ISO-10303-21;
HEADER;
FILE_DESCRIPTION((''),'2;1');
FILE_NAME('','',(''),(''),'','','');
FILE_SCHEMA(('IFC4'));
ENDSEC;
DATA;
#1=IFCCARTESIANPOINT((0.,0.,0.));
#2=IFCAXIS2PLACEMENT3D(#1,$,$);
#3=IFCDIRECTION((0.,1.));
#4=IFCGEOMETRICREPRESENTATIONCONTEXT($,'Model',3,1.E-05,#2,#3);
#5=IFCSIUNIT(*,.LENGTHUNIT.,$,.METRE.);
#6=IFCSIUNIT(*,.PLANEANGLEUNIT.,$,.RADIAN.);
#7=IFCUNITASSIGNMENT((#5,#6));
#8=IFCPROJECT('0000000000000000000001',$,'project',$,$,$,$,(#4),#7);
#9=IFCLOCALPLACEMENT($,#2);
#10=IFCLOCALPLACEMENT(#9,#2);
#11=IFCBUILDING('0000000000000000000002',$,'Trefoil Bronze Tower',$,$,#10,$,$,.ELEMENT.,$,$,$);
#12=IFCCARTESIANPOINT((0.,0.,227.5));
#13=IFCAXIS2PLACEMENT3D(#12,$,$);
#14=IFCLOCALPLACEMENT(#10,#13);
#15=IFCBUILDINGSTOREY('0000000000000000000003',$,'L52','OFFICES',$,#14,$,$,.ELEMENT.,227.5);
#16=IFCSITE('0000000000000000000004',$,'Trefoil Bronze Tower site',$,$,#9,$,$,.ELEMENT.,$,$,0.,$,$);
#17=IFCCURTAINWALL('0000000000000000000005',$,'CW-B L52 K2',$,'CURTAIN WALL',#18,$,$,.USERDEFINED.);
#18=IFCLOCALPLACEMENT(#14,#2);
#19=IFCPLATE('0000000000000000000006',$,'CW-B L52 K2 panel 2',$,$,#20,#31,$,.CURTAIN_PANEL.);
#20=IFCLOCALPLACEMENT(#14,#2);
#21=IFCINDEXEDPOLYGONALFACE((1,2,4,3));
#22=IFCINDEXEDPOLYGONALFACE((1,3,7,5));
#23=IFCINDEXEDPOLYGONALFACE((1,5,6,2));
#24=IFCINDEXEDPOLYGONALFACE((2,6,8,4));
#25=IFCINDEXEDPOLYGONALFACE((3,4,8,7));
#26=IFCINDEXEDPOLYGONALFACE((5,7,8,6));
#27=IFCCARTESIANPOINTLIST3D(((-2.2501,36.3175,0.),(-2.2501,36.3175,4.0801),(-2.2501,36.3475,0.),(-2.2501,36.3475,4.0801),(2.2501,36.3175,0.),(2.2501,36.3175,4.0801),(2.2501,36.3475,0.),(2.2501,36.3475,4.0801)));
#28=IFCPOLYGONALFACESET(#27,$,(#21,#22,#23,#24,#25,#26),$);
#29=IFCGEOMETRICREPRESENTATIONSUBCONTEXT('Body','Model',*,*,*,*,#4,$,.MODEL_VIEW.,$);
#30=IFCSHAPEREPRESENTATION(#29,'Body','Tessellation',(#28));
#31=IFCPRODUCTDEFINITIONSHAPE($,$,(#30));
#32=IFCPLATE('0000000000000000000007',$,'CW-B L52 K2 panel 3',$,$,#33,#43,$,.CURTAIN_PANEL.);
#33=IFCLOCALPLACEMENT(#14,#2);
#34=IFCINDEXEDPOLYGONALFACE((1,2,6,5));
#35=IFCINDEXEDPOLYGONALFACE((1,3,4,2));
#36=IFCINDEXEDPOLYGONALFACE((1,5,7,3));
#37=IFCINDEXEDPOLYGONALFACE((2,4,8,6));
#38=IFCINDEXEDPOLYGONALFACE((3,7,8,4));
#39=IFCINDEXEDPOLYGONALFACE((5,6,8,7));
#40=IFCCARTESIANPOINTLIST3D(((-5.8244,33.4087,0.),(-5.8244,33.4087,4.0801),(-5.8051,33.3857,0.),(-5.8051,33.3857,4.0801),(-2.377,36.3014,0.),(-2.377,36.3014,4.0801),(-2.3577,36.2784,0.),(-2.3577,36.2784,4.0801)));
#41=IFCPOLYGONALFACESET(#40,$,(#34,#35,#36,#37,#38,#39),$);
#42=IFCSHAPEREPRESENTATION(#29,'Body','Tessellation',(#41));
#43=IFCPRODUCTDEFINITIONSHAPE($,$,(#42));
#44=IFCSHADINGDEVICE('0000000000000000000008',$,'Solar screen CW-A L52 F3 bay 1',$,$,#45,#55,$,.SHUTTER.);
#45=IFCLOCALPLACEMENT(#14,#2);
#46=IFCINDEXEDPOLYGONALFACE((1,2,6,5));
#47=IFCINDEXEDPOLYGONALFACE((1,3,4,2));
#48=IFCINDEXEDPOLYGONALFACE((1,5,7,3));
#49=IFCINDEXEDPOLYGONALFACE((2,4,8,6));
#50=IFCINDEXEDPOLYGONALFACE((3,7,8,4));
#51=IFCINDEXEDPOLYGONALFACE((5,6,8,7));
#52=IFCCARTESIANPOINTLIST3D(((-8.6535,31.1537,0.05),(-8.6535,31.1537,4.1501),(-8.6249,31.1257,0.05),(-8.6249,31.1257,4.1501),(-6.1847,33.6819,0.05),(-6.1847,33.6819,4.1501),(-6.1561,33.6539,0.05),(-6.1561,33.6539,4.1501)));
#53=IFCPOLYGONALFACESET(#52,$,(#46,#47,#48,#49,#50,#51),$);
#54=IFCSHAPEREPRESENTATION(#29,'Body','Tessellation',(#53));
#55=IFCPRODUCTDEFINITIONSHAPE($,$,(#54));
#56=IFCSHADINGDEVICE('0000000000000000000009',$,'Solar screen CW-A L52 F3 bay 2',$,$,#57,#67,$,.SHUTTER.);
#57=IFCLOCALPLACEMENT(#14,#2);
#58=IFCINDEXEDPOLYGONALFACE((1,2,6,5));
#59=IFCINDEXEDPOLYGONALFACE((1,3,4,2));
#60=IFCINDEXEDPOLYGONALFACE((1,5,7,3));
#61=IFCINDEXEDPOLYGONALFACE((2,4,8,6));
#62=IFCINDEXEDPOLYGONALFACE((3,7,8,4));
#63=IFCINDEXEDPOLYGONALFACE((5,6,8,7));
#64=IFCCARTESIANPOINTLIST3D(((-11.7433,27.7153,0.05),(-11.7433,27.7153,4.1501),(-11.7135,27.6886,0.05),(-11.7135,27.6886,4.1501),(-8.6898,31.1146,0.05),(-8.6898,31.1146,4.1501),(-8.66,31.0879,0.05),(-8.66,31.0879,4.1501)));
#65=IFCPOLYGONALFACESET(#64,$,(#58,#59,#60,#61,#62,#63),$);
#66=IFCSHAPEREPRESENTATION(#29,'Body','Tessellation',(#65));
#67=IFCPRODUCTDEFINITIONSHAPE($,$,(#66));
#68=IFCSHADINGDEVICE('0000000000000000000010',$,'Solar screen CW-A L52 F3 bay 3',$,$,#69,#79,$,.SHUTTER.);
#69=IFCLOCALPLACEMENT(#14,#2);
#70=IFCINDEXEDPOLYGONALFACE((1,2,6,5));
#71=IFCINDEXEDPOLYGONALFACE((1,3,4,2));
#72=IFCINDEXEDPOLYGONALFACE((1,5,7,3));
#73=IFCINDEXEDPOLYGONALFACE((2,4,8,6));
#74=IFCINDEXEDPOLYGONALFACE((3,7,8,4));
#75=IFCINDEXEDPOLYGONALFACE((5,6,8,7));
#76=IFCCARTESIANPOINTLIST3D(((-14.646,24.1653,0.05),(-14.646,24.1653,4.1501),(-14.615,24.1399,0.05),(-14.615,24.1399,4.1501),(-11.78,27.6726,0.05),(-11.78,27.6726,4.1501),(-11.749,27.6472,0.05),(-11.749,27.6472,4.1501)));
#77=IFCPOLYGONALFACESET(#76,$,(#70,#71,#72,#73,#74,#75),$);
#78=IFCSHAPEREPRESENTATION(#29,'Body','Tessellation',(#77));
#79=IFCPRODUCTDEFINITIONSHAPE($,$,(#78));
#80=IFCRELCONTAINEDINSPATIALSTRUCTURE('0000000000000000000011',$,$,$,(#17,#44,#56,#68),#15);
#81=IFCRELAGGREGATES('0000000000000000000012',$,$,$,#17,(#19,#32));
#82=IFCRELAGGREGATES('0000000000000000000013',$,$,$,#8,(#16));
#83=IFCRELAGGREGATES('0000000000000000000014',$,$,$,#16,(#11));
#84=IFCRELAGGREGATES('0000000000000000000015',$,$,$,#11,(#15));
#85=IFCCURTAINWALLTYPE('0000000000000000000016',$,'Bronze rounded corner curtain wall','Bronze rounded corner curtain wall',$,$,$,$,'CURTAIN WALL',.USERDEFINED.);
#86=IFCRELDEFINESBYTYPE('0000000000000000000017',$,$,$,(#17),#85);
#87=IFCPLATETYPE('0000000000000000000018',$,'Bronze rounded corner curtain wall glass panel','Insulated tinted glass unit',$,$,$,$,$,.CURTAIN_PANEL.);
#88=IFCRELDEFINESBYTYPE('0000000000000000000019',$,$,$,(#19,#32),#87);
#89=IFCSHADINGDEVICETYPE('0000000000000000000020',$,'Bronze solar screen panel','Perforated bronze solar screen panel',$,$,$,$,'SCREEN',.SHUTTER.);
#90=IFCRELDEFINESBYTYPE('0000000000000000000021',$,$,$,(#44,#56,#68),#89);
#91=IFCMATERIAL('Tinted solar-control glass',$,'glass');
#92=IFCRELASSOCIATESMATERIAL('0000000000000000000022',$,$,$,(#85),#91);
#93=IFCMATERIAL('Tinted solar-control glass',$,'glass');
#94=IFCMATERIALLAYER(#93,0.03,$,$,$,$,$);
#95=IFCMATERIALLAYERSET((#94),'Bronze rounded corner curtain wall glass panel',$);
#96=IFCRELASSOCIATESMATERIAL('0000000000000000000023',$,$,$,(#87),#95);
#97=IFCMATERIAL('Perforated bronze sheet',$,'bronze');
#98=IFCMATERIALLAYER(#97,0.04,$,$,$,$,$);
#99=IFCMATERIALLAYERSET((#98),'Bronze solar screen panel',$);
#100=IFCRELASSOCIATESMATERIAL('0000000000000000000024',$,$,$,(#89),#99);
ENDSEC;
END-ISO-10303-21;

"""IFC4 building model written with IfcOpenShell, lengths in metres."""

from ifc_helpers import new_model, si_unit, direction, frame, origin, origin_2d, place, context, subcontext, project, spatial, rectangle, extrude, material, layer, layer_set, type_object, element, aggregate, save


model = new_model("IFC4")

# Units and contexts
model_context = context("Model", 3, precision=1e-05, world=origin(), true_north=direction((0.0, 1.0)))
body_context = subcontext(model_context, "Body", "Model", "MODEL_VIEW")
ifc_project = project(units=[si_unit("LENGTHUNIT", "METRE"), si_unit("PLANEANGLEUNIT", "RADIAN")], contexts=[model_context])

# Site, building, storey
site_placement = place(None, origin())
site = spatial("IfcSite", under=ifc_project, at=site_placement, Name="Trefoil Bronze Tower site", CompositionType="ELEMENT", RefElevation=0.0)
building_placement = place(site_placement, origin())
building = spatial("IfcBuilding", under=site, at=building_placement, Name="Trefoil Bronze Tower", CompositionType="ELEMENT")
storey_placement = place(building_placement, frame((0.0, 0.0, 227.5)))
storey = spatial("IfcBuildingStorey", under=building, at=storey_placement, Name="L52", Description="OFFICES", CompositionType="ELEMENT", Elevation=227.5)

# Curtain wall
ifc_material_1 = material(Name="Tinted solar-control glass", Category="glass")
curtain_wall_type_1 = type_object("IfcCurtainWallType", Name="Bronze rounded corner curtain wall", Description="Bronze rounded corner curtain wall", ElementType="CURTAIN WALL", PredefinedType="USERDEFINED", material=ifc_material_1)
curtain_wall_1_placement = place(storey_placement, origin())
curtain_wall_1 = element("IfcCurtainWall", 1, at=curtain_wall_1_placement, inside=storey, type_object=curtain_wall_type_1, Name="CW-B L52 K2", ObjectType="CURTAIN WALL", PredefinedType="USERDEFINED")

# Plates
ifc_material_2 = material(Name="Tinted solar-control glass", Category="glass")
ifc_layer_1 = layer(ifc_material_2, 0.03)
ifc_layer_set_1 = layer_set([ifc_layer_1], Name="Bronze rounded corner curtain wall glass panel")
plate_type_1 = type_object("IfcPlateType", Name="Bronze rounded corner curtain wall glass panel", Description="Insulated tinted glass unit", PredefinedType="CURTAIN_PANEL", material=ifc_layer_set_1)
plate_1_placement = place(storey_placement, frame((0.0, 36.3325, 0.0), z_axis=(0.0, 0.0, 1.0), x_axis=(-1.0, 0.0, 0.0)))
plate_1 = element("IfcPlate", 2, at=plate_1_placement, type_object=plate_type_1, Name="CW-B L52 K2 panel 2", PredefinedType="CURTAIN_PANEL", context=body_context, shape_type="SweptSolid", body=[
    extrude(rectangle(XDim=4.5002, YDim=0.03, at=origin_2d()), origin(), (0.0, 0.0, 1.0), 4.0801),
])
plate_2_placement = place(storey_placement, frame((-4.0911, 34.8435, 0.0), z_axis=(0.0, 0.0, 1.0), x_axis=(-0.766044, -0.642788, 0.0)))
plate_2 = element("IfcPlate", 3, at=plate_2_placement, type_object=plate_type_1, Name="CW-B L52 K2 panel 3", PredefinedType="CURTAIN_PANEL", context=body_context, shape_type="SweptSolid", body=[
    extrude(rectangle(XDim=4.5002, YDim=0.03, at=origin_2d()), origin(), (0.0, 0.0, 1.0), 4.0801),
])
aggregate(curtain_wall_1, [plate_1, plate_2])

# Shading devices
ifc_material_3 = material(Name="Perforated bronze sheet", Category="bronze")
ifc_layer_2 = layer(ifc_material_3, 0.04)
ifc_layer_set_2 = layer_set([ifc_layer_2], Name="Bronze solar screen panel")
shading_device_type = type_object("IfcShadingDeviceType", Name="Bronze solar screen panel", Description="Perforated bronze solar screen panel", ElementType="SCREEN", PredefinedType="SHUTTER", material=ifc_layer_set_2)
shading_device_1_placement = place(storey_placement, frame((-7.4048, 32.4038, 0.05), z_axis=(0.0, 0.0, 1.0), x_axis=(-0.698652, -0.715462, 0.0)))
element("IfcShadingDevice", 4, at=shading_device_1_placement, inside=storey, type_object=shading_device_type, Name="Solar screen CW-A L52 F3 bay 1", PredefinedType="SHUTTER", context=body_context, shape_type="SweptSolid", body=[
    extrude(rectangle(XDim=3.5337, YDim=0.04, at=origin_2d()), origin(), (0.0, 0.0, 1.0), 4.1001),
])
shading_device_2_placement = place(storey_placement, frame((-10.2017, 29.4016, 0.05), z_axis=(0.0, 0.0, 1.0), x_axis=(-0.668246, -0.743941, 0.0)))
element("IfcShadingDevice", 5, at=shading_device_2_placement, inside=storey, type_object=shading_device_type, Name="Solar screen CW-A L52 F3 bay 2", PredefinedType="SHUTTER", context=body_context, shape_type="SweptSolid", body=[
    extrude(rectangle(XDim=4.5693, YDim=0.04, at=origin_2d()), origin(), (0.0, 0.0, 1.0), 4.1001),
])
shading_device_3_placement = place(storey_placement, frame((-13.1975, 25.9062, 0.05), z_axis=(0.0, 0.0, 1.0), x_axis=(-0.632753, -0.774354, 0.0)))
element("IfcShadingDevice", 6, at=shading_device_3_placement, inside=storey, type_object=shading_device_type, Name="Solar screen CW-A L52 F3 bay 3", PredefinedType="SHUTTER", context=body_context, shape_type="SweptSolid", body=[
    extrude(rectangle(XDim=4.5293, YDim=0.04, at=origin_2d()), origin(), (0.0, 0.0, 1.0), 4.1001),
])

save(model, "model.ifc")
